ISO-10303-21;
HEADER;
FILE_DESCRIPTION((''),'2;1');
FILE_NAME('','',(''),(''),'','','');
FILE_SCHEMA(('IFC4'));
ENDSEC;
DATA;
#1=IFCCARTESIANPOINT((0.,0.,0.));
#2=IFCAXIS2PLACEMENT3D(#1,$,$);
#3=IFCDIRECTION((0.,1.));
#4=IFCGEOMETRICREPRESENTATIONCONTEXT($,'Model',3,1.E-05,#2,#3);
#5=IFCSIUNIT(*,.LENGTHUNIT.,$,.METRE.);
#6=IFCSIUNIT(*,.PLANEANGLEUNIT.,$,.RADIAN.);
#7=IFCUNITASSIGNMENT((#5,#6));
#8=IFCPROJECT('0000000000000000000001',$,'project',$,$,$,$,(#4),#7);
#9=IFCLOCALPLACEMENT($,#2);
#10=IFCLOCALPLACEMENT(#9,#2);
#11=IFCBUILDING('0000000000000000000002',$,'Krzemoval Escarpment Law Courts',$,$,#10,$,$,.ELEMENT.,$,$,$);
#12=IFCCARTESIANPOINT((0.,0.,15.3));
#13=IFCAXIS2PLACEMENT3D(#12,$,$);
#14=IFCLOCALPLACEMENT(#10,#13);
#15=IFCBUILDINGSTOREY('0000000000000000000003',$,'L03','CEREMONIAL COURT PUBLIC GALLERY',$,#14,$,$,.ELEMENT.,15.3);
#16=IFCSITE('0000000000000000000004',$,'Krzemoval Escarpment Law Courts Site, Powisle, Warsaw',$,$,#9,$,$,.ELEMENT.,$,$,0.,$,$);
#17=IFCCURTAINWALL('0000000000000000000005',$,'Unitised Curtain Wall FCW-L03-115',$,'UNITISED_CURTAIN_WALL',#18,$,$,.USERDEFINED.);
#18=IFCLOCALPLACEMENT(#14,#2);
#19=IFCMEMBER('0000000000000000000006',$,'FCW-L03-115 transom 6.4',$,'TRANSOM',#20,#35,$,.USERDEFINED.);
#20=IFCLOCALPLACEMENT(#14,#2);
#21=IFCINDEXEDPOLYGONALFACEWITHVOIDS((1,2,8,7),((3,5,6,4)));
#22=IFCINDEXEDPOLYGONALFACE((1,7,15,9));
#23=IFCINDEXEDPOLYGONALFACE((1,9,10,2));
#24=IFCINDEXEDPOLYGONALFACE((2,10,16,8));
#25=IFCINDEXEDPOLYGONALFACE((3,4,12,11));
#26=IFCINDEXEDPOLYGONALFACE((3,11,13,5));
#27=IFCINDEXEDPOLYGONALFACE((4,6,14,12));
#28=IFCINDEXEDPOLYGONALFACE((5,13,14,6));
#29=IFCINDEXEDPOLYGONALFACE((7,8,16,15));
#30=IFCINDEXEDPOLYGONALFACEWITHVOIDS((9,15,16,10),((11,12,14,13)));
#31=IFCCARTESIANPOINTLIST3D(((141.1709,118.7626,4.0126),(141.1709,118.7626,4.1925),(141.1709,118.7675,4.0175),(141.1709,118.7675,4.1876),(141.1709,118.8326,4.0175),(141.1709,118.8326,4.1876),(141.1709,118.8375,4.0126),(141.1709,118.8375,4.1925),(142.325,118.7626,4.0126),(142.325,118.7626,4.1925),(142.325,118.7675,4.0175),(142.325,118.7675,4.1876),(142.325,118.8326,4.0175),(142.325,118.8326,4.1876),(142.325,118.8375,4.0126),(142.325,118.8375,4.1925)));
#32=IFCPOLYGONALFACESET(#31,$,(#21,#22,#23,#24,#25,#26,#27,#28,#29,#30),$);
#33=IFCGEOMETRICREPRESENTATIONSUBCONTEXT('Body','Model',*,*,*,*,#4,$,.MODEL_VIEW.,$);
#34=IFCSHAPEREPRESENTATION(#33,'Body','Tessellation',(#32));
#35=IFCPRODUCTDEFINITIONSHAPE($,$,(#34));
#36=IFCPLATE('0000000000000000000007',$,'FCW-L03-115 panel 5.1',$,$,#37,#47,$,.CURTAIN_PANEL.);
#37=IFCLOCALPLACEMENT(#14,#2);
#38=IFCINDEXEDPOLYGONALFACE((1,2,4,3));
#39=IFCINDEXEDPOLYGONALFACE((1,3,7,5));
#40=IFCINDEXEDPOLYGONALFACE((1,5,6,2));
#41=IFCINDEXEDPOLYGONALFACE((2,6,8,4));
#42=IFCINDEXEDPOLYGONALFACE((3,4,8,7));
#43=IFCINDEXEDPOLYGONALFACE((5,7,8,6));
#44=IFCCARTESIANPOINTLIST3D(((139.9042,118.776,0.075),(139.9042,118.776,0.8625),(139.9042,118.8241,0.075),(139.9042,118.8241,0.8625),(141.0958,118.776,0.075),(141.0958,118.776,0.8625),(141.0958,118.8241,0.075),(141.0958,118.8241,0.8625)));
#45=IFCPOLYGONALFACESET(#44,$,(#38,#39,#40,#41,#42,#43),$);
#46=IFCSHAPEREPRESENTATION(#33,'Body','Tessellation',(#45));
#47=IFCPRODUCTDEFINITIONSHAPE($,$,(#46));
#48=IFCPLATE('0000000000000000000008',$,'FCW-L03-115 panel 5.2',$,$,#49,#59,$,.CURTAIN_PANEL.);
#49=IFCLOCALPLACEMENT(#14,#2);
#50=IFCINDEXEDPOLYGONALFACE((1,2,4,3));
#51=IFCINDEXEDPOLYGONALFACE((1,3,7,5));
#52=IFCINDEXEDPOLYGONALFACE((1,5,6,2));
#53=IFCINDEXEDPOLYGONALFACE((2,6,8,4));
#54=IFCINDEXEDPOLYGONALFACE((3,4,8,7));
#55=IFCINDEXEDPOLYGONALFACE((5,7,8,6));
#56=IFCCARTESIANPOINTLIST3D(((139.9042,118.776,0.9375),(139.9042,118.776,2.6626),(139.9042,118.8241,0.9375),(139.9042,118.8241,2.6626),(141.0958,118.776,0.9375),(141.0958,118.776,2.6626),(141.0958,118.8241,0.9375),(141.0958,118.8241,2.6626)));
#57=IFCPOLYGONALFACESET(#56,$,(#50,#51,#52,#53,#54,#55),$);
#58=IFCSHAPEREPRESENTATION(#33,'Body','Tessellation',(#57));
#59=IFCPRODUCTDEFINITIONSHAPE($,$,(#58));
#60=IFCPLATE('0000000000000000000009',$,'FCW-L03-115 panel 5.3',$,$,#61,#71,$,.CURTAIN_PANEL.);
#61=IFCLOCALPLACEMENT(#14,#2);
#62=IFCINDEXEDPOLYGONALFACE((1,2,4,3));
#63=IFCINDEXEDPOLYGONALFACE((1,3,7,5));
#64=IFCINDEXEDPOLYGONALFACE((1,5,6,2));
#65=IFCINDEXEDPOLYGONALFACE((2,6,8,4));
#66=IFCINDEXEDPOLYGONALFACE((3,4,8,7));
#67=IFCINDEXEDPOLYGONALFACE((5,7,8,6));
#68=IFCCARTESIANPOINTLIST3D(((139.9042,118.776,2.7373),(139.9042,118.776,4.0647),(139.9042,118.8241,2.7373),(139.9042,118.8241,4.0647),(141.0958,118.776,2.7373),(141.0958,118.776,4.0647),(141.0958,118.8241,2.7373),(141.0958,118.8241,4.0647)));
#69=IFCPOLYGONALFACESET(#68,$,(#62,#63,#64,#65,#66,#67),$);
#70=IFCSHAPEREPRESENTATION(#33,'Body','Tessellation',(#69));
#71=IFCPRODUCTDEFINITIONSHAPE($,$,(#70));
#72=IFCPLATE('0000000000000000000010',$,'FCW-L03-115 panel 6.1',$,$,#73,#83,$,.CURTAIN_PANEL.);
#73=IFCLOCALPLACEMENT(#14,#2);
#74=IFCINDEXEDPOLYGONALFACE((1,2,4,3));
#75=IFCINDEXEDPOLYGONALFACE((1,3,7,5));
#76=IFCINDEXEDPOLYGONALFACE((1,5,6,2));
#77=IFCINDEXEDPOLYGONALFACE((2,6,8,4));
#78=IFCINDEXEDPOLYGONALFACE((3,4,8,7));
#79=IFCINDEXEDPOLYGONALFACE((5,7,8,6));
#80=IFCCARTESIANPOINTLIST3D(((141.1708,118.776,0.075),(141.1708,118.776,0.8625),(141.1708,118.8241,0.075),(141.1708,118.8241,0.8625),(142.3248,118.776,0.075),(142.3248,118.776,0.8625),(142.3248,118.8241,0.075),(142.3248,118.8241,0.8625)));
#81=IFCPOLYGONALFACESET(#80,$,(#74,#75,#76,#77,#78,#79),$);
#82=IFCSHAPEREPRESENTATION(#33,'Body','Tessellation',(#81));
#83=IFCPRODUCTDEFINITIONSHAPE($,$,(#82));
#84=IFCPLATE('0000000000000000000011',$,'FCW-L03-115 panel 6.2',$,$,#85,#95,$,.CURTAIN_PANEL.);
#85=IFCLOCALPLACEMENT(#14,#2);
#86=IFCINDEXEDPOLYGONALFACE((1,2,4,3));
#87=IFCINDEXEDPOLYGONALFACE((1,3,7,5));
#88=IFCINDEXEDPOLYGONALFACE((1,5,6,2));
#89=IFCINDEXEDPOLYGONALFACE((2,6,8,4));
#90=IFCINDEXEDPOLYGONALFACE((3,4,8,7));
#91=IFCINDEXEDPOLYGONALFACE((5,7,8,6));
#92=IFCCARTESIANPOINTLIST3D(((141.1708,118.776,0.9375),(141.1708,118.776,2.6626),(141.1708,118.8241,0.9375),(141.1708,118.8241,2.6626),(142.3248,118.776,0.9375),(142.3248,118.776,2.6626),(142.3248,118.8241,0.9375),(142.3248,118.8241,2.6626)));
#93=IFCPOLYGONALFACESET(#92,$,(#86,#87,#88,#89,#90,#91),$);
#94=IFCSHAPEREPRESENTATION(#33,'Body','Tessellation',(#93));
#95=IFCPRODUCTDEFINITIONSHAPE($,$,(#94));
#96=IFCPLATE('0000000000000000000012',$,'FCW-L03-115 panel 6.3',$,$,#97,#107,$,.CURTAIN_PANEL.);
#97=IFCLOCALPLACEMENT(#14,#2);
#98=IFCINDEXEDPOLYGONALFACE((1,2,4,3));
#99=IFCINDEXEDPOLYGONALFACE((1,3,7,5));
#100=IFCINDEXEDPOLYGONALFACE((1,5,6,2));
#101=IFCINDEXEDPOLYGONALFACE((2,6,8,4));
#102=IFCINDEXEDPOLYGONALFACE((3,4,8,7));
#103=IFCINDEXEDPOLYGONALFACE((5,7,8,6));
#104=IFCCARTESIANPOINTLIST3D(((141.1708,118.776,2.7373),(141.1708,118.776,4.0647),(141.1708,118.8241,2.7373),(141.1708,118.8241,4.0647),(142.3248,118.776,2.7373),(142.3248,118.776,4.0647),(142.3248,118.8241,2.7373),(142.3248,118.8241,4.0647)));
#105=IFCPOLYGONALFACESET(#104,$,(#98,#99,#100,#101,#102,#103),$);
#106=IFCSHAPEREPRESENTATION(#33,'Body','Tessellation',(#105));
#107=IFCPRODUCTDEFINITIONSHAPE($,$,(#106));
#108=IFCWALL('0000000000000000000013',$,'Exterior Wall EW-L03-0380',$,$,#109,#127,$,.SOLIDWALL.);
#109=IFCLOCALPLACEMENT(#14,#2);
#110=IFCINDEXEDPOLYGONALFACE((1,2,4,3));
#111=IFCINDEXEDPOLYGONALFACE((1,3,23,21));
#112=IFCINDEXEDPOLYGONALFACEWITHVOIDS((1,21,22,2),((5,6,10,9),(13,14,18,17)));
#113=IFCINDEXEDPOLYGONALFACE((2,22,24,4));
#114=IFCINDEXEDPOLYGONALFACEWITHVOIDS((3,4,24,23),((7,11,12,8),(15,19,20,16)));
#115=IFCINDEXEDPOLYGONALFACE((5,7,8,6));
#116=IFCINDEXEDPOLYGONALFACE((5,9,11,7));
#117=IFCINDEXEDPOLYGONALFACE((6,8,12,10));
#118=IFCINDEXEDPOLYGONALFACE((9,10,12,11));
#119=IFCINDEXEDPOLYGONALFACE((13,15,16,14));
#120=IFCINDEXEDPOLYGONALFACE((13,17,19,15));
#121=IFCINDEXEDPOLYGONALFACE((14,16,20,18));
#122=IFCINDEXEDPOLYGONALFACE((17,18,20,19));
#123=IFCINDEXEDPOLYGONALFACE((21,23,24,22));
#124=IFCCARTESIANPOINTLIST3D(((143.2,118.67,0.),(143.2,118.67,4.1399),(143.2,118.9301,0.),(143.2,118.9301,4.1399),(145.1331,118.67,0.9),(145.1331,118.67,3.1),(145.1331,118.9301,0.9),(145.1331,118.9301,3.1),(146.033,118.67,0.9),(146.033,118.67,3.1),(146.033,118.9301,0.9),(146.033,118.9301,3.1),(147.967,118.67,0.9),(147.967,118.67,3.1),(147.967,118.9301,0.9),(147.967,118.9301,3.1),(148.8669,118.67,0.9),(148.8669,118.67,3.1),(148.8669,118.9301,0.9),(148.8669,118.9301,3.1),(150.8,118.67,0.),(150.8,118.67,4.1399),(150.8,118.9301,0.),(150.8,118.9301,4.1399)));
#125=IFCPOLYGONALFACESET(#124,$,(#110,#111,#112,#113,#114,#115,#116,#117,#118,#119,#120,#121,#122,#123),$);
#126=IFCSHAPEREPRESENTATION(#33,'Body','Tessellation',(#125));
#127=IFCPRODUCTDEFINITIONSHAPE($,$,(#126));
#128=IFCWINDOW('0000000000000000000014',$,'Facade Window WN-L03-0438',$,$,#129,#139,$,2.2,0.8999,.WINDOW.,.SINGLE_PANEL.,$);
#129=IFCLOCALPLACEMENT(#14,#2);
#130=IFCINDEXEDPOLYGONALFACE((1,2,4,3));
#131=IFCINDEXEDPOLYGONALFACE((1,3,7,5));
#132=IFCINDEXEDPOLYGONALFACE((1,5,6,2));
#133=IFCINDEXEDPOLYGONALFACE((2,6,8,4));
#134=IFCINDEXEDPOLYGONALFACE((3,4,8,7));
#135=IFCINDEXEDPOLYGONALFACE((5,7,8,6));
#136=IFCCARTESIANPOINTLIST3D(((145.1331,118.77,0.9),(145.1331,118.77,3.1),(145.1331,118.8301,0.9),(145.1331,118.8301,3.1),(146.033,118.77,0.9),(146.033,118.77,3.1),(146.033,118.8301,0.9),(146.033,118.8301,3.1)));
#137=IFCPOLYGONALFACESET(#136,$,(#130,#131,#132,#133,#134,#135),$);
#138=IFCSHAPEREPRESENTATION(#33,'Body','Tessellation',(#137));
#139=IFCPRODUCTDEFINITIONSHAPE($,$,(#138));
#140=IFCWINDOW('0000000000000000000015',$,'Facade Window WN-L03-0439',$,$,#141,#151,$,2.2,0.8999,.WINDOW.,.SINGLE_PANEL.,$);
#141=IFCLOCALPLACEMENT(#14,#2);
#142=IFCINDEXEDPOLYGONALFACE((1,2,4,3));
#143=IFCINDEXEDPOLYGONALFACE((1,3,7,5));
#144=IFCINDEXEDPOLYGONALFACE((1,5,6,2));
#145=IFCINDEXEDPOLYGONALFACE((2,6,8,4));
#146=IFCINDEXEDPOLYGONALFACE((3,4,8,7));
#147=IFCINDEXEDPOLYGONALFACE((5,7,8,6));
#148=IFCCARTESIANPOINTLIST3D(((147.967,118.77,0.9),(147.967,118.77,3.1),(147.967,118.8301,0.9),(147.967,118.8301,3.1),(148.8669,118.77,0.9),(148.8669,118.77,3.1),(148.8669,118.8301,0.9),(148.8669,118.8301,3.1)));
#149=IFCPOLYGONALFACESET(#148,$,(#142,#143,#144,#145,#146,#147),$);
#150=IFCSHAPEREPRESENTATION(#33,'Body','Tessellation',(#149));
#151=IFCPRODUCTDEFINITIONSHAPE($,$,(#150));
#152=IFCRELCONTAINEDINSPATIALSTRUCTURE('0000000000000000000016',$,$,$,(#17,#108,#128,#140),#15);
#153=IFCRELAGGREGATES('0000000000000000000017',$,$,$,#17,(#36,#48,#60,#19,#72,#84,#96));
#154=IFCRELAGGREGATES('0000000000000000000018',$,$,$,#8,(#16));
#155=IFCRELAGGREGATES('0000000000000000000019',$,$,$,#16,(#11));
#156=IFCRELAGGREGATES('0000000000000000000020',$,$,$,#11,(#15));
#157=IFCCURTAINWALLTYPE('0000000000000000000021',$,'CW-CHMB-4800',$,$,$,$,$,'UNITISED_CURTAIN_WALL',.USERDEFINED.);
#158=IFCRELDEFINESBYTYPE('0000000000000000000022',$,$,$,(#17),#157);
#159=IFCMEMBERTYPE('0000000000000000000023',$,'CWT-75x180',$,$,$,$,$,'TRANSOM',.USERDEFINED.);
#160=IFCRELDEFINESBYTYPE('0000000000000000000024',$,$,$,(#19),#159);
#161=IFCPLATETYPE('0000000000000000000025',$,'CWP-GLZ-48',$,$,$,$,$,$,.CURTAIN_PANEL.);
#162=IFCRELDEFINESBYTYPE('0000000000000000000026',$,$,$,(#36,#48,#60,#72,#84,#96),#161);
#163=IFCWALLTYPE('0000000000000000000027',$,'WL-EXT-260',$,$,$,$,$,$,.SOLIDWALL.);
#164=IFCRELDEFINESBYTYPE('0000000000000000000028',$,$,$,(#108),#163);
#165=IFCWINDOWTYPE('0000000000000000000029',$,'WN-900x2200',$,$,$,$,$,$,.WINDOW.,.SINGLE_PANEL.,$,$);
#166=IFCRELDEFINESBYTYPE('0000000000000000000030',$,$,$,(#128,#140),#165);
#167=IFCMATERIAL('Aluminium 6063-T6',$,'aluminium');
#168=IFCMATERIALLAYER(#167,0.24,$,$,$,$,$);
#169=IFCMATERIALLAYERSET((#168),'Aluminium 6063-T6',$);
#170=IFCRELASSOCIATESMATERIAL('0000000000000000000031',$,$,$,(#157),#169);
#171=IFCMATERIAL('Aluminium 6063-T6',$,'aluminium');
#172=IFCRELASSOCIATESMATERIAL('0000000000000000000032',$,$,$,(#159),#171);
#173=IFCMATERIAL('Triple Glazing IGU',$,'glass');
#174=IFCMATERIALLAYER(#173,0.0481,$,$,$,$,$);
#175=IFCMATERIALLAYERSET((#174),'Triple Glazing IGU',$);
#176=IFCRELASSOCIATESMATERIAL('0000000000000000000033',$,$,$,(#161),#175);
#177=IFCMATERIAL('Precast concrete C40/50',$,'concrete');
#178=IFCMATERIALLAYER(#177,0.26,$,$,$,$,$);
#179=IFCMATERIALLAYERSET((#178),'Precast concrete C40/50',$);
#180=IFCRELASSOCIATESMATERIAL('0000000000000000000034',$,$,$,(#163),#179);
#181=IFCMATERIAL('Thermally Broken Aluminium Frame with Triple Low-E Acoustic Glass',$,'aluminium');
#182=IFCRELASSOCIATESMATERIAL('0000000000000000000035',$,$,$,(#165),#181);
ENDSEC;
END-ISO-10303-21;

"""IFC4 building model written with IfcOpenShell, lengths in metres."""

from ifc_helpers import new_model, si_unit, direction, frame, frame_2d, origin, origin_2d, place, context, subcontext, project, spatial, rectangle, hollow_rectangle, extrude, material, layer, layer_set, material_profile, profile_set, type_object, element, fill, aggregate, save


model = new_model("IFC4")

# Units and contexts
model_context = context("Model", 3, precision=1e-05, world=origin(), true_north=direction((0.0, 1.0)))
body_context = subcontext(model_context, "Body", "Model", "MODEL_VIEW")
ifc_project = project(units=[si_unit("LENGTHUNIT", "METRE"), si_unit("PLANEANGLEUNIT", "RADIAN")], contexts=[model_context])

# Site, building, storey
site_placement = place(None, origin())
site = spatial("IfcSite", under=ifc_project, at=site_placement, Name="Krzemoval Escarpment Law Courts Site, Powisle, Warsaw", CompositionType="ELEMENT", RefElevation=0.0)
building_placement = place(site_placement, origin())
building = spatial("IfcBuilding", under=site, at=building_placement, Name="Krzemoval Escarpment Law Courts", CompositionType="ELEMENT")
storey_placement = place(building_placement, frame((0.0, 0.0, 15.3)))
storey = spatial("IfcBuildingStorey", under=building, at=storey_placement, Name="L03", Description="CEREMONIAL COURT PUBLIC GALLERY", CompositionType="ELEMENT", Elevation=15.3)

# Curtain wall, member, plates
ifc_material_1 = material(Name="Aluminium 6063-T6", Category="aluminium")
ifc_layer_1 = layer(ifc_material_1, 0.24)
ifc_layer_set_1 = layer_set([ifc_layer_1], Name="Aluminium 6063-T6")
curtain_wall_type = type_object("IfcCurtainWallType", Name="CW-CHMB-4800", ElementType="UNITISED_CURTAIN_WALL", PredefinedType="USERDEFINED", material=ifc_layer_set_1)
curtain_wall_placement = place(storey_placement, origin())
curtain_wall = element("IfcCurtainWall", 1, at=curtain_wall_placement, inside=storey, type_object=curtain_wall_type, Name="Unitised Curtain Wall FCW-L03-115", ObjectType="UNITISED_CURTAIN_WALL", PredefinedType="USERDEFINED")
ifc_material_2 = material(Name="Aluminium 6063-T6", Category="aluminium")
ifc_material_profile_1 = material_profile(ifc_material_2, hollow_rectangle(XDim=0.075, YDim=0.1799, WallThickness=0.0049, at=origin_2d()), Name="ALU T75x180")
ifc_profile_set_1 = profile_set([ifc_material_profile_1], Name="Aluminium 6063-T6")
member_type_1 = type_object("IfcMemberType", Name="CWT-75x180", ElementType="TRANSOM", PredefinedType="USERDEFINED", material=ifc_profile_set_1)
member_1_placement = place(storey_placement, frame((141.1709, 118.8, 4.1025), z_axis=(1.0, 0.0, 0.0), x_axis=(0.0, 1.0, 0.0)))
member_1 = element("IfcMember", 2, at=member_1_placement, type_object=member_type_1, Name="FCW-L03-115 transom 6.4", ObjectType="TRANSOM", PredefinedType="USERDEFINED", context=body_context, shape_type="SweptSolid", body=[
    extrude(hollow_rectangle(XDim=0.075, YDim=0.1799, WallThickness=0.0049, at=origin_2d()), origin(), (0.0, 0.0, 1.0), 1.1541),
])
ifc_material_3 = material(Name="Triple Glazing IGU", Category="glass")
ifc_layer_2 = layer(ifc_material_3, 0.0481)
ifc_layer_set_2 = layer_set([ifc_layer_2], Name="Triple Glazing IGU")
plate_type = type_object("IfcPlateType", Name="CWP-GLZ-48", PredefinedType="CURTAIN_PANEL", material=ifc_layer_set_2)
plate_1_placement = place(storey_placement, frame((140.5, 118.8, 0.075), z_axis=(0.0, 0.0, 1.0), x_axis=(1.0, 0.0, 0.0)))
plate_1 = element("IfcPlate", 3, at=plate_1_placement, type_object=plate_type, Name="FCW-L03-115 panel 5.1", PredefinedType="CURTAIN_PANEL", context=body_context, shape_type="SweptSolid", body=[
    extrude(rectangle(XDim=1.1917, YDim=0.0481, at=origin_2d()), origin(), (0.0, 0.0, 1.0), 0.7876),
])
plate_2_placement = place(storey_placement, frame((140.5, 118.8, 0.9375), z_axis=(0.0, 0.0, 1.0), x_axis=(1.0, 0.0, 0.0)))
plate_2 = element("IfcPlate", 4, at=plate_2_placement, type_object=plate_type, Name="FCW-L03-115 panel 5.2", PredefinedType="CURTAIN_PANEL", context=body_context, shape_type="SweptSolid", body=[
    extrude(rectangle(XDim=1.1917, YDim=0.0481, at=origin_2d()), origin(), (0.0, 0.0, 1.0), 1.7251),
])
plate_3_placement = place(storey_placement, frame((140.5, 118.8, 2.7373), z_axis=(0.0, 0.0, 1.0), x_axis=(1.0, 0.0, 0.0)))
plate_3 = element("IfcPlate", 5, at=plate_3_placement, type_object=plate_type, Name="FCW-L03-115 panel 5.3", PredefinedType="CURTAIN_PANEL", context=body_context, shape_type="SweptSolid", body=[
    extrude(rectangle(XDim=1.1917, YDim=0.0481, at=origin_2d()), origin(), (0.0, 0.0, 1.0), 1.3274),
])
plate_4_placement = place(storey_placement, frame((141.7478, 118.8, 0.075), z_axis=(0.0, 0.0, 1.0), x_axis=(1.0, 0.0, 0.0)))
plate_4 = element("IfcPlate", 6, at=plate_4_placement, type_object=plate_type, Name="FCW-L03-115 panel 6.1", PredefinedType="CURTAIN_PANEL", context=body_context, shape_type="SweptSolid", body=[
    extrude(rectangle(XDim=1.1541, YDim=0.0481, at=origin_2d()), origin(), (0.0, 0.0, 1.0), 0.7876),
])
plate_5_placement = place(storey_placement, frame((141.7478, 118.8, 0.9375), z_axis=(0.0, 0.0, 1.0), x_axis=(1.0, 0.0, 0.0)))
plate_5 = element("IfcPlate", 7, at=plate_5_placement, type_object=plate_type, Name="FCW-L03-115 panel 6.2", PredefinedType="CURTAIN_PANEL", context=body_context, shape_type="SweptSolid", body=[
    extrude(rectangle(XDim=1.1541, YDim=0.0481, at=origin_2d()), origin(), (0.0, 0.0, 1.0), 1.7251),
])
plate_6_placement = place(storey_placement, frame((141.7478, 118.8, 2.7373), z_axis=(0.0, 0.0, 1.0), x_axis=(1.0, 0.0, 0.0)))
plate_6 = element("IfcPlate", 8, at=plate_6_placement, type_object=plate_type, Name="FCW-L03-115 panel 6.3", PredefinedType="CURTAIN_PANEL", context=body_context, shape_type="SweptSolid", body=[
    extrude(rectangle(XDim=1.1541, YDim=0.0481, at=origin_2d()), origin(), (0.0, 0.0, 1.0), 1.3274),
])
aggregate(curtain_wall, [plate_1, plate_2, plate_3, member_1, plate_4, plate_5, plate_6])

# Wall, openings, windows
ifc_material_4 = material(Name="Precast concrete C40/50", Category="concrete")
ifc_layer_3 = layer(ifc_material_4, 0.26)
ifc_layer_set_3 = layer_set([ifc_layer_3], Name="Precast concrete C40/50")
wall_type = type_object("IfcWallType", Name="WL-EXT-260", PredefinedType="SOLIDWALL", material=ifc_layer_set_3)
wall_placement = place(storey_placement, frame((143.2, 118.8, 0.0), z_axis=(0.0, 0.0, 1.0), x_axis=(1.0, 0.0, 0.0)))
wall = element("IfcWall", 9, at=wall_placement, inside=storey, type_object=wall_type, Name="Exterior Wall EW-L03-0380", PredefinedType="SOLIDWALL", context=body_context, shape_type="SweptSolid", body=[
    extrude(rectangle(XDim=7.6001, YDim=0.26, at=frame_2d((3.8, 0.0))), origin(), (0.0, 0.0, 1.0), 4.1399),
])
opening_1_placement = place(wall_placement, frame((1.9331, 0.0, 0.8999)))
opening_1 = element("IfcOpeningElement", 10, at=opening_1_placement, cuts=wall, PredefinedType="OPENING", context=body_context, shape_type="SweptSolid", body=[
    extrude(rectangle(XDim=0.8999, YDim=2.2, at=frame_2d((0.45, 1.1001))), frame((0.0, 0.145, 0.0), z_axis=(0.0, -1.0, 0.0), x_axis=(1.0, 0.0, 0.0)), (0.0, 0.0, 1.0), 0.29),
])
opening_2_placement = place(wall_placement, frame((4.7671, 0.0, 0.8999)))
opening_2 = element("IfcOpeningElement", 11, at=opening_2_placement, cuts=wall, PredefinedType="OPENING", context=body_context, shape_type="SweptSolid", body=[
    extrude(rectangle(XDim=0.8999, YDim=2.2, at=frame_2d((0.45, 1.1001))), frame((0.0, 0.145, 0.0), z_axis=(0.0, -1.0, 0.0), x_axis=(1.0, 0.0, 0.0)), (0.0, 0.0, 1.0), 0.29),
])
ifc_material_5 = material(Name="Thermally Broken Aluminium Frame with Triple Low-E Acoustic Glass", Category="aluminium")
window_type = type_object("IfcWindowType", Name="WN-900x2200", PartitioningType="SINGLE_PANEL", PredefinedType="WINDOW", material=ifc_material_5)
window_1_placement = place(opening_1_placement, origin())
window_1 = element("IfcWindow", 12, at=window_1_placement, inside=storey, type_object=window_type, Name="Facade Window WN-L03-0438", OverallHeight=2.2, OverallWidth=0.8999, PartitioningType="SINGLE_PANEL", PredefinedType="WINDOW", context=body_context, shape_type="SweptSolid", body=[
    extrude(rectangle(XDim=0.8999, YDim=2.2, at=frame_2d((0.45, 1.1001))), frame((0.0, 0.03, 0.0), z_axis=(0.0, -1.0, 0.0), x_axis=(1.0, 0.0, 0.0)), (0.0, 0.0, 1.0), 0.0601),
])
fill(opening_1, window_1)
window_2_placement = place(opening_2_placement, origin())
window_2 = element("IfcWindow", 13, at=window_2_placement, inside=storey, type_object=window_type, Name="Facade Window WN-L03-0439", OverallHeight=2.2, OverallWidth=0.8999, PartitioningType="SINGLE_PANEL", PredefinedType="WINDOW", context=body_context, shape_type="SweptSolid", body=[
    extrude(rectangle(XDim=0.8999, YDim=2.2, at=frame_2d((0.45, 1.1001))), frame((0.0, 0.03, 0.0), z_axis=(0.0, -1.0, 0.0), x_axis=(1.0, 0.0, 0.0)), (0.0, 0.0, 1.0), 0.0601),
])
fill(opening_2, window_2)

save(model, "model.ifc")
